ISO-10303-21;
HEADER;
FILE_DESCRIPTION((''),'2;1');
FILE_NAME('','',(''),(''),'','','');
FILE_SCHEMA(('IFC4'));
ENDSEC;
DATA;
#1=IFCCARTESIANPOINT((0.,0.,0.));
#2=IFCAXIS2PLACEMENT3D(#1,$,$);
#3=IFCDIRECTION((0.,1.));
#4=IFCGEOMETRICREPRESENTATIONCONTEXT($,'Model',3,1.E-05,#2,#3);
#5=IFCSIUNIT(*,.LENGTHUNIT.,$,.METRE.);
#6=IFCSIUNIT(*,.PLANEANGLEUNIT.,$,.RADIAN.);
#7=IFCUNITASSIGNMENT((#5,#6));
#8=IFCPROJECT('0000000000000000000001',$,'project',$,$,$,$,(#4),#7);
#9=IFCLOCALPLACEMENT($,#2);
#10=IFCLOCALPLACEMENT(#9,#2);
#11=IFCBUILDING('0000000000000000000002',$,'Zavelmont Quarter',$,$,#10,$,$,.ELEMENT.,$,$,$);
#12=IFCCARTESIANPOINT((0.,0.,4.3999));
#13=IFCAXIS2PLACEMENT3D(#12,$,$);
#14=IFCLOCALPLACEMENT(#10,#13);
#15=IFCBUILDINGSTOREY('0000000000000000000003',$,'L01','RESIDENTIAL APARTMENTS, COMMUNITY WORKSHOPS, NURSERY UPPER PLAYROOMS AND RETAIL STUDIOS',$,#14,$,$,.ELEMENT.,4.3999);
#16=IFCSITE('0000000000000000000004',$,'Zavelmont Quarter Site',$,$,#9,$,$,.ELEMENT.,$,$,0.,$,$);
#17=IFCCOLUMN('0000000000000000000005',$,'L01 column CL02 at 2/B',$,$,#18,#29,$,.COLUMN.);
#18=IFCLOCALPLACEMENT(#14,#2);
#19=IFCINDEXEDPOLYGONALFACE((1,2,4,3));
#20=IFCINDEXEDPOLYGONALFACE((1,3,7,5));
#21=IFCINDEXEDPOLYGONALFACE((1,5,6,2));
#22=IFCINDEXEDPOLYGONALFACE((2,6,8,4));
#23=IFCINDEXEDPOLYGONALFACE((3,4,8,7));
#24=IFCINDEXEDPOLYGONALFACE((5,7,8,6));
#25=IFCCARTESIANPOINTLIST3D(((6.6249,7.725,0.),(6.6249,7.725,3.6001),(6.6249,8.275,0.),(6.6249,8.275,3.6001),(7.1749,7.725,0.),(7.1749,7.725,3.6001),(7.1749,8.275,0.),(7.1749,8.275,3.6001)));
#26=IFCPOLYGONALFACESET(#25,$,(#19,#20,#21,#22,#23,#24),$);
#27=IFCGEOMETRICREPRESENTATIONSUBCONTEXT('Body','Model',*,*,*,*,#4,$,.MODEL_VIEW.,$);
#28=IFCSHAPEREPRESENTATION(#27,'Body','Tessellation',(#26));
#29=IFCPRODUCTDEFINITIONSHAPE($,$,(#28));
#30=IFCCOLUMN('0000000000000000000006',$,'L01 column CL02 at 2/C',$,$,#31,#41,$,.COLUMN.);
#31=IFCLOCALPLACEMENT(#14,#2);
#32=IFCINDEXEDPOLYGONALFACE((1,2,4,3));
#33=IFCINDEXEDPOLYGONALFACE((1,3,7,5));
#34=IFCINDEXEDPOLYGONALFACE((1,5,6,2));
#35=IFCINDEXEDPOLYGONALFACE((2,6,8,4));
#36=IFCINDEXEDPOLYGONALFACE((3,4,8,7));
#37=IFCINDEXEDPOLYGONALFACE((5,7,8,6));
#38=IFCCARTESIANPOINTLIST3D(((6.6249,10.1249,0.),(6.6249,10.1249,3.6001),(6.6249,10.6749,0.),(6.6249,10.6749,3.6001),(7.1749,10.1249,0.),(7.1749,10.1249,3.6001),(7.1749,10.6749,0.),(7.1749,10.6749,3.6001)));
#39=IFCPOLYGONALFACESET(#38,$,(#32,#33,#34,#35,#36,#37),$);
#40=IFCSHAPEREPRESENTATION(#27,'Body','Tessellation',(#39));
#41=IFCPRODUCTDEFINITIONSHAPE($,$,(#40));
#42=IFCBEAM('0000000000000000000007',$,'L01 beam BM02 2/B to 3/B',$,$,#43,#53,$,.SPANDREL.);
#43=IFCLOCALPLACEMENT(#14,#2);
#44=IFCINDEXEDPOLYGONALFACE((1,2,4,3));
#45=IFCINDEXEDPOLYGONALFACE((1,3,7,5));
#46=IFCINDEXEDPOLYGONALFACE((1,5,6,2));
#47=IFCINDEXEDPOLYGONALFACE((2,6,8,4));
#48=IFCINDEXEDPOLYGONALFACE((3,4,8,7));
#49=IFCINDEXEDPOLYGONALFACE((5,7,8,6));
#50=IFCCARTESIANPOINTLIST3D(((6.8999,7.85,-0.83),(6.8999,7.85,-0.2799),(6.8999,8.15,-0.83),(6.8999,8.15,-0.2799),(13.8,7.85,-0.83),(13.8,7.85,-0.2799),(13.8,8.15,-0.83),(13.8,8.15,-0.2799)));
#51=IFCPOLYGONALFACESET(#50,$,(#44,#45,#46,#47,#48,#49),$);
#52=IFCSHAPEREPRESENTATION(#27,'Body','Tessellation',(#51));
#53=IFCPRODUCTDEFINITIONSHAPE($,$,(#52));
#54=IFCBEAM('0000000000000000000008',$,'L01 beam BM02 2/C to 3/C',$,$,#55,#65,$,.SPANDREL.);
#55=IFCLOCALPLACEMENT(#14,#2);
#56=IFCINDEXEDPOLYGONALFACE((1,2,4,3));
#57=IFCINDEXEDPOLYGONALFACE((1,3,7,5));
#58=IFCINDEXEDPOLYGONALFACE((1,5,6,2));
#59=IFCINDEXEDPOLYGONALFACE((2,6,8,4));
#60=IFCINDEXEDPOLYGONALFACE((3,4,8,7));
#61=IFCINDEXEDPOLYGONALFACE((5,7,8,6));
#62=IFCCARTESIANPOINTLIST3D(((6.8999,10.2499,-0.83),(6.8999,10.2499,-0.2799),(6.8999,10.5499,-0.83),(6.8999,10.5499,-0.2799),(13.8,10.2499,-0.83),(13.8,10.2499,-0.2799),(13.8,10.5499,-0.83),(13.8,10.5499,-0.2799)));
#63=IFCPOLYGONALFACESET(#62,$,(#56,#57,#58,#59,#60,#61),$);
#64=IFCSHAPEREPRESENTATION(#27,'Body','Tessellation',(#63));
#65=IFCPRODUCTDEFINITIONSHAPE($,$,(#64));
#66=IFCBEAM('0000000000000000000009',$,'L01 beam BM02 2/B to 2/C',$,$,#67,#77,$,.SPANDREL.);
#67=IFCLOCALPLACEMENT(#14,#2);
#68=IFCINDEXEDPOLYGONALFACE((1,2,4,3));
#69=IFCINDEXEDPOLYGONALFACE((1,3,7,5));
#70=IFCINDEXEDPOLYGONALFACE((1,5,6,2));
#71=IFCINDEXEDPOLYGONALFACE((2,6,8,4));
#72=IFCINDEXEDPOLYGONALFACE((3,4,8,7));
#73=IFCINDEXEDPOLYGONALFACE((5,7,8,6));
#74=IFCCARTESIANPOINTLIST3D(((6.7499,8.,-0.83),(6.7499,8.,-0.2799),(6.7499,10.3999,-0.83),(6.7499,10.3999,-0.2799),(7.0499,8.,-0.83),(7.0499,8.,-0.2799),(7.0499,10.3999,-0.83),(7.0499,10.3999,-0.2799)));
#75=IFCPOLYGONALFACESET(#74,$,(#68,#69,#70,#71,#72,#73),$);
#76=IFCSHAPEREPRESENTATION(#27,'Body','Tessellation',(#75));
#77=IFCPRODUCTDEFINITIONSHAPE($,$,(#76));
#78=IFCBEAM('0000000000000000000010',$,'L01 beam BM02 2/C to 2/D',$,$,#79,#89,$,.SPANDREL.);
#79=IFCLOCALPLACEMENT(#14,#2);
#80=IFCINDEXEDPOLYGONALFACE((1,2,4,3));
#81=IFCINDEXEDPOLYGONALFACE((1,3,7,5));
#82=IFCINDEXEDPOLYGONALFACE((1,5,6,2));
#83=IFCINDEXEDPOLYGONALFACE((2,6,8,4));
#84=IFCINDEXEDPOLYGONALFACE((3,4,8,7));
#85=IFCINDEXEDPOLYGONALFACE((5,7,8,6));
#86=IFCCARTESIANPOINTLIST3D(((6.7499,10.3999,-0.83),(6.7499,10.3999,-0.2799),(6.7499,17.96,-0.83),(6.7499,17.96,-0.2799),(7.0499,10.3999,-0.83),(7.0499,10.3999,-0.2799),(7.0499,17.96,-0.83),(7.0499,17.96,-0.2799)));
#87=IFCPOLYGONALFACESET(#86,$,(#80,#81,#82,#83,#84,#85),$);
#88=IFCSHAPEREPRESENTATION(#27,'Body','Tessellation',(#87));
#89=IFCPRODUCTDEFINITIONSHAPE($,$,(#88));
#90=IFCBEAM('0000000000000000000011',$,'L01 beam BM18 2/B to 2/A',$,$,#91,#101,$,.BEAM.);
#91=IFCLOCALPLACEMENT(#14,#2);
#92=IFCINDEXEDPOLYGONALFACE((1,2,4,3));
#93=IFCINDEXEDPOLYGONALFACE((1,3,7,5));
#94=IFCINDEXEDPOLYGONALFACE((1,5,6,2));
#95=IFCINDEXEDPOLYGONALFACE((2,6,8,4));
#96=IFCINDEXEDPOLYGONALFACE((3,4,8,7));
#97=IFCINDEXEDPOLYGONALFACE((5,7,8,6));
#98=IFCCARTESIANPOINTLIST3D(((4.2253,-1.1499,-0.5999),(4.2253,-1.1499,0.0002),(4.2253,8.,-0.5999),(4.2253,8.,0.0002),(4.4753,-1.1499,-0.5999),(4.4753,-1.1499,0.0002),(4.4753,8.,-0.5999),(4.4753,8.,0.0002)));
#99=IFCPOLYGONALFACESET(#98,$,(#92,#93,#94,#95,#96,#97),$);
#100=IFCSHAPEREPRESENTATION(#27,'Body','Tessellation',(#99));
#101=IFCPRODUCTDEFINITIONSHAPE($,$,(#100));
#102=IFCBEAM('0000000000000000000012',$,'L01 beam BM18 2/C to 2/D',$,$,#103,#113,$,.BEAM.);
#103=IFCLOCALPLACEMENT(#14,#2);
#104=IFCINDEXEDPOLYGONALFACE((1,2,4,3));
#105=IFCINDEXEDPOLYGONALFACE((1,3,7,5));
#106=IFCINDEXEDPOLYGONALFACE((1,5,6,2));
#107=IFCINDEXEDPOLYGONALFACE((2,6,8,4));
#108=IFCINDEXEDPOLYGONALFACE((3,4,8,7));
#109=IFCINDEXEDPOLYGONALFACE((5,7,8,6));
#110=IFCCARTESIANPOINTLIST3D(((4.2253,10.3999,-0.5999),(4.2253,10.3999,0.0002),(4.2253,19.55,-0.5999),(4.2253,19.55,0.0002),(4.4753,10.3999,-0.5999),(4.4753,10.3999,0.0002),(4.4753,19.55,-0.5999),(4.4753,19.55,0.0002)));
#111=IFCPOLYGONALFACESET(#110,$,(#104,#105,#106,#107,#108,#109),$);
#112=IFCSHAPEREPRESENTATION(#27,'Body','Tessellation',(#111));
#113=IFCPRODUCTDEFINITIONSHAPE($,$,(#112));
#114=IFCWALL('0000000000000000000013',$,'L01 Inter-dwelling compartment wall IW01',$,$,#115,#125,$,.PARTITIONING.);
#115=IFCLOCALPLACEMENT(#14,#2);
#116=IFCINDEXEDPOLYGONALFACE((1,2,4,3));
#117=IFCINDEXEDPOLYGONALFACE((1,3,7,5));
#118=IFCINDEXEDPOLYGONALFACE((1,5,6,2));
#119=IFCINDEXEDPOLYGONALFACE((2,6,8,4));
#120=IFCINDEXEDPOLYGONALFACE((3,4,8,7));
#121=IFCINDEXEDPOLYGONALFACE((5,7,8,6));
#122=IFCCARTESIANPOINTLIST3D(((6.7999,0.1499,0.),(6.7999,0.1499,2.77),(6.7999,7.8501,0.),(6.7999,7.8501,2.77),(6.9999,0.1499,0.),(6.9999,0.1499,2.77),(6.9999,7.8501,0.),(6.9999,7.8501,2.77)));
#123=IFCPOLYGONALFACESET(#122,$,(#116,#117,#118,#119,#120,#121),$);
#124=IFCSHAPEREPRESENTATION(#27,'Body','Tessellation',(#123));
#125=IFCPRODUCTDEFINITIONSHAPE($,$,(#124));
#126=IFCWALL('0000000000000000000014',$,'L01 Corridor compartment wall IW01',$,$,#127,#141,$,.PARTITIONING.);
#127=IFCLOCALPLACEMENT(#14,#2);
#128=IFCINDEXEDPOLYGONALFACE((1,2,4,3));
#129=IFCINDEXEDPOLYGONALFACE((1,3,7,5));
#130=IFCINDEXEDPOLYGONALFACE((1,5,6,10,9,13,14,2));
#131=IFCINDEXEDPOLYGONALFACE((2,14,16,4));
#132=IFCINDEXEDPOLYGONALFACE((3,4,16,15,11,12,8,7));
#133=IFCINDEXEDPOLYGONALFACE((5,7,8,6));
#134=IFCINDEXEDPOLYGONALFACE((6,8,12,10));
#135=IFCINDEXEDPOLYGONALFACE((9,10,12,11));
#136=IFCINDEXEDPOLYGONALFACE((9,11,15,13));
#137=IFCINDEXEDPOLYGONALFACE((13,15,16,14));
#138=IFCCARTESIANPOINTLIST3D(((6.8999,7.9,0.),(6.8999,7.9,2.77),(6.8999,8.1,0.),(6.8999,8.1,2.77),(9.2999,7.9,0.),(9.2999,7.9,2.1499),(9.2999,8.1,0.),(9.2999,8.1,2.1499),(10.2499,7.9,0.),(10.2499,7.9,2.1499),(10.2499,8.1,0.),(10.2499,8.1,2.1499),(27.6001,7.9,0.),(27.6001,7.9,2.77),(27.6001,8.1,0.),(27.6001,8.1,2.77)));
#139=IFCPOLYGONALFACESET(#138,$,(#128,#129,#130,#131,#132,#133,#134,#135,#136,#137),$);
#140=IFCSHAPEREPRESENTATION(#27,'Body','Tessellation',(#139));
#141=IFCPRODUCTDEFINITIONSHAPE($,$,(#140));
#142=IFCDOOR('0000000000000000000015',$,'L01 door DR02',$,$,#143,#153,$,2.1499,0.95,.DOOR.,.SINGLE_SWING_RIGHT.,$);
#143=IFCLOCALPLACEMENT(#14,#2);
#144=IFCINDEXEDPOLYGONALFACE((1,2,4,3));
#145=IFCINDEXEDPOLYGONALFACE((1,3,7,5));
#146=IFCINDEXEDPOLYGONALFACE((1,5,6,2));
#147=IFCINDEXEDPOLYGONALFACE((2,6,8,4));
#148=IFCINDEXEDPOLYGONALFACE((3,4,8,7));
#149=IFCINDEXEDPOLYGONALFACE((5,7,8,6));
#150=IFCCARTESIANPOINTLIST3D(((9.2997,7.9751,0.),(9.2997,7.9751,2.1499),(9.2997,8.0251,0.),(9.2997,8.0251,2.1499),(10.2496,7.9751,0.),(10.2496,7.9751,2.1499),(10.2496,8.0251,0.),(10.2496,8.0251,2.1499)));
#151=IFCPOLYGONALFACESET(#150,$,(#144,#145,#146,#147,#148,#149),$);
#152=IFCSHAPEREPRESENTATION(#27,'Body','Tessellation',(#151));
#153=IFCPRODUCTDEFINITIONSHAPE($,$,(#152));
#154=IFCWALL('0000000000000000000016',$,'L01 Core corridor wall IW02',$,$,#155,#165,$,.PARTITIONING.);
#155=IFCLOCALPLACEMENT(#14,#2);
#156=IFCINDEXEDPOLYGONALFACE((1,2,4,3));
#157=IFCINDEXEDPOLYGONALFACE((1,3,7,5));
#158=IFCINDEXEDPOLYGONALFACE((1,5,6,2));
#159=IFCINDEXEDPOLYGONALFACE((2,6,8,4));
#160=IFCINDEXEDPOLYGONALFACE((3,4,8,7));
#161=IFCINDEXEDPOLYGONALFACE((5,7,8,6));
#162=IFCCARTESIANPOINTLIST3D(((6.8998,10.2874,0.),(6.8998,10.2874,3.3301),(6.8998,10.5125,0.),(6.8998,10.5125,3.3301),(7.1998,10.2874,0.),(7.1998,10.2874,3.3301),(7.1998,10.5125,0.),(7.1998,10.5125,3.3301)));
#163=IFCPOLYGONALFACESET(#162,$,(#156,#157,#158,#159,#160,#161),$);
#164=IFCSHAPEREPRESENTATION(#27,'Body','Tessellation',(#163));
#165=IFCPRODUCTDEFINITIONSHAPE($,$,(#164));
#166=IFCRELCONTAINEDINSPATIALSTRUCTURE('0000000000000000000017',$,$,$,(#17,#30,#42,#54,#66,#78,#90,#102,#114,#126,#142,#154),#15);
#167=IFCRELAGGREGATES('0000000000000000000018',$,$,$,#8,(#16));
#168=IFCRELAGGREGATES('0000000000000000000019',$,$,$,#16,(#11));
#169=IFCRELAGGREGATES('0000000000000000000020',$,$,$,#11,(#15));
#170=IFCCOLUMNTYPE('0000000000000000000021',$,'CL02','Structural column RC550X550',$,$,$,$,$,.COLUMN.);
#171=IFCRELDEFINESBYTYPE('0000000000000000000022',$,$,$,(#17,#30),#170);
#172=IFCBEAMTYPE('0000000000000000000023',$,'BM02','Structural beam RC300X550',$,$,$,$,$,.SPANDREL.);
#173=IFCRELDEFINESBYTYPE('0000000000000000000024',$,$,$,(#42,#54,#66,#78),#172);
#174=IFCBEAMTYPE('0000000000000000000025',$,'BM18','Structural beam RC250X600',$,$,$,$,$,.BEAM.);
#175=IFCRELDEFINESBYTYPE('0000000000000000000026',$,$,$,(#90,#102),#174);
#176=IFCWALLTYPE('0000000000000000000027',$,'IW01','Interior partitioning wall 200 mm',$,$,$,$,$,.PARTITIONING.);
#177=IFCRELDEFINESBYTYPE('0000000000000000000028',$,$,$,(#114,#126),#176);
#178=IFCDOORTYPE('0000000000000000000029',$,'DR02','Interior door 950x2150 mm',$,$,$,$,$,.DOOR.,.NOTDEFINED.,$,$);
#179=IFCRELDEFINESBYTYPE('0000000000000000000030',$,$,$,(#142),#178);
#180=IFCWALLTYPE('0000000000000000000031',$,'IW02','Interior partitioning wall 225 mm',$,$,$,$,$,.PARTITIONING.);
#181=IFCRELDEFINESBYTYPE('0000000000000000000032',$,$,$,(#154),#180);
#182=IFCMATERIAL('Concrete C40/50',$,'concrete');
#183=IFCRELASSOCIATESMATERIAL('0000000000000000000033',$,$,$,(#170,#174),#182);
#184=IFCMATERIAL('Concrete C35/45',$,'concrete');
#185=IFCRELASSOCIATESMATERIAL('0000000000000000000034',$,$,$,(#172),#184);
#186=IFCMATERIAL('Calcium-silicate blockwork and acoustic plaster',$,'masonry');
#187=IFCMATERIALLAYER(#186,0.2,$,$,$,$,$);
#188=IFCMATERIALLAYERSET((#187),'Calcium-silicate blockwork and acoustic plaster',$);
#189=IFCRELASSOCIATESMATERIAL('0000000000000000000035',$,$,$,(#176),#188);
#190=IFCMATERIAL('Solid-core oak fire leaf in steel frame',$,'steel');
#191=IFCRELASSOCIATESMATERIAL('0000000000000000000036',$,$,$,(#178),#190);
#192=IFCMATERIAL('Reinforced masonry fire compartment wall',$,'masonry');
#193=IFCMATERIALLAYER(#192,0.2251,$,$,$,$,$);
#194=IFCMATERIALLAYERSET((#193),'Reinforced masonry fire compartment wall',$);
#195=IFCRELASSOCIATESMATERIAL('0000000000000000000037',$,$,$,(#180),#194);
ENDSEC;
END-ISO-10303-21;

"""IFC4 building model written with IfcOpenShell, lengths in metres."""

from ifc_helpers import new_model, si_unit, direction, frame, frame_2d, origin, origin_2d, place, context, subcontext, project, spatial, rectangle, extrude, material, layer, layer_set, material_profile, profile_set, type_object, element, fill, save


model = new_model("IFC4")

# Units and contexts
model_context = context("Model", 3, precision=1e-05, world=origin(), true_north=direction((0.0, 1.0)))
body_context = subcontext(model_context, "Body", "Model", "MODEL_VIEW")
ifc_project = project(units=[si_unit("LENGTHUNIT", "METRE"), si_unit("PLANEANGLEUNIT", "RADIAN")], contexts=[model_context])

# Site, building, storey
site_placement = place(None, origin())
site = spatial("IfcSite", under=ifc_project, at=site_placement, Name="Zavelmont Quarter Site", CompositionType="ELEMENT", RefElevation=0.0)
building_placement = place(site_placement, origin())
building = spatial("IfcBuilding", under=site, at=building_placement, Name="Zavelmont Quarter", CompositionType="ELEMENT")
storey_placement = place(building_placement, frame((0.0, 0.0, 4.3999)))
storey = spatial("IfcBuildingStorey", under=building, at=storey_placement, Name="L01", Description="RESIDENTIAL APARTMENTS, COMMUNITY WORKSHOPS, NURSERY UPPER PLAYROOMS AND RETAIL STUDIOS", CompositionType="ELEMENT", Elevation=4.3999)

# Columns
ifc_material_1 = material(Name="Concrete C40/50", Category="concrete")
ifc_material_profile_1 = material_profile(ifc_material_1, rectangle(XDim=0.55, YDim=0.55, at=origin_2d()), Name="RC550X550")
ifc_profile_set_1 = profile_set([ifc_material_profile_1], Name="Concrete C40/50")
column_type = type_object("IfcColumnType", Name="CL02", Description="Structural column RC550X550", PredefinedType="COLUMN", material=ifc_profile_set_1)
for number, where, z_axis, x_axis, name in (
    (1, (6.8999, 8.0, 0.0), (0.0, 0.0, 1.0), (1.0, 0.0, 0.0), "L01 column CL02 at 2/B"),
    (2, (6.8999, 10.3999, 0.0), (0.0, 0.0, 1.0), (1.0, 0.0, 0.0), "L01 column CL02 at 2/C"),
):
    element("IfcColumn", number, at=place(storey_placement, frame(where, z_axis=z_axis, x_axis=x_axis)), inside=storey, type_object=column_type, Name=name, PredefinedType="COLUMN", context=body_context, shape_type="SweptSolid", body=[
        extrude(rectangle(XDim=0.55, YDim=0.55, at=origin_2d()), origin(), (0.0, 0.0, 1.0), 3.6001),
    ])

# Beams
ifc_material_2 = material(Name="Concrete C35/45", Category="concrete")
ifc_material_profile_2 = material_profile(ifc_material_2, rectangle(XDim=0.3, YDim=0.55, at=origin_2d()), Name="RC300X550")
ifc_profile_set_2 = profile_set([ifc_material_profile_2], Name="Concrete C35/45")
beam_type_1 = type_object("IfcBeamType", Name="BM02", Description="Structural beam RC300X550", PredefinedType="SPANDREL", material=ifc_profile_set_2)
for number, where, z_axis, x_axis, name in (
    (3, (6.8999, 8.0, -0.5549), (1.0, 0.0, 0.0), (0.0, 1.0, 0.0), "L01 beam BM02 2/B to 3/B"),
    (4, (6.8999, 10.3999, -0.5549), (1.0, 0.0, 0.0), (0.0, 1.0, 0.0), "L01 beam BM02 2/C to 3/C"),
):
    element("IfcBeam", number, at=place(storey_placement, frame(where, z_axis=z_axis, x_axis=x_axis)), inside=storey, type_object=beam_type_1, Name=name, PredefinedType="SPANDREL", context=body_context, shape_type="SweptSolid", body=[
        extrude(rectangle(XDim=0.3, YDim=0.55, at=origin_2d()), origin(), (0.0, 0.0, 1.0), 6.9001),
    ])
beam_1_placement = place(storey_placement, frame((6.8999, 8.0, -0.5549), z_axis=(0.0, 1.0, 0.0), x_axis=(-1.0, 0.0, 0.0)))
element("IfcBeam", 5, at=beam_1_placement, inside=storey, type_object=beam_type_1, Name="L01 beam BM02 2/B to 2/C", PredefinedType="SPANDREL", context=body_context, shape_type="SweptSolid", body=[
    extrude(rectangle(XDim=0.3, YDim=0.55, at=origin_2d()), origin(), (0.0, 0.0, 1.0), 2.3999),
])
beam_2_placement = place(storey_placement, frame((6.8999, 10.3999, -0.5549), z_axis=(0.0, 1.0, 0.0), x_axis=(-1.0, 0.0, 0.0)))
element("IfcBeam", 6, at=beam_2_placement, inside=storey, type_object=beam_type_1, Name="L01 beam BM02 2/C to 2/D", PredefinedType="SPANDREL", context=body_context, shape_type="SweptSolid", body=[
    extrude(rectangle(XDim=0.3, YDim=0.55, at=origin_2d()), origin(), (0.0, 0.0, 1.0), 7.5601),
])
ifc_material_profile_3 = material_profile(ifc_material_1, rectangle(XDim=0.25, YDim=0.6001, at=origin_2d()), Name="RC250X600")
ifc_profile_set_3 = profile_set([ifc_material_profile_3], Name="Concrete C40/50")
beam_type_2 = type_object("IfcBeamType", Name="BM18", Description="Structural beam RC250X600", PredefinedType="BEAM", material=ifc_profile_set_3)
beam_3_placement = place(storey_placement, frame((4.3503, 8.0, -0.2998), z_axis=(0.0, -1.0, 0.0), x_axis=(1.0, 0.0, 0.0)))
element("IfcBeam", 7, at=beam_3_placement, inside=storey, type_object=beam_type_2, Name="L01 beam BM18 2/B to 2/A", PredefinedType="BEAM", context=body_context, shape_type="SweptSolid", body=[
    extrude(rectangle(XDim=0.25, YDim=0.6001, at=origin_2d()), origin(), (0.0, 0.0, 1.0), 9.1499),
])
beam_4_placement = place(storey_placement, frame((4.3503, 10.3999, -0.2998), z_axis=(0.0, 1.0, 0.0), x_axis=(-1.0, 0.0, 0.0)))
element("IfcBeam", 8, at=beam_4_placement, inside=storey, type_object=beam_type_2, Name="L01 beam BM18 2/C to 2/D", PredefinedType="BEAM", context=body_context, shape_type="SweptSolid", body=[
    extrude(rectangle(XDim=0.25, YDim=0.6001, at=origin_2d()), origin(), (0.0, 0.0, 1.0), 9.1501),
])

# Wall
ifc_material_3 = material(Name="Calcium-silicate blockwork and acoustic plaster", Category="masonry")
ifc_layer_1 = layer(ifc_material_3, 0.2)
ifc_layer_set_1 = layer_set([ifc_layer_1], Name="Calcium-silicate blockwork and acoustic plaster")
wall_type_1 = type_object("IfcWallType", Name="IW01", Description="Interior partitioning wall 200 mm", PredefinedType="PARTITIONING", material=ifc_layer_set_1)
wall_1_placement = place(storey_placement, frame((6.8999, 7.8501, 0.0), z_axis=(0.0, 0.0, 1.0), x_axis=(0.0, -1.0, 0.0)))
element("IfcWall", 9, at=wall_1_placement, inside=storey, type_object=wall_type_1, Name="L01 Inter-dwelling compartment wall IW01", PredefinedType="PARTITIONING", context=body_context, shape_type="SweptSolid", body=[
    extrude(rectangle(XDim=7.7002, YDim=0.2, at=frame_2d((3.8501, 0.0))), origin(), (0.0, 0.0, 1.0), 2.77),
])

# Wall, opening, door
wall_2_placement = place(storey_placement, frame((6.8999, 8.0, 0.0), z_axis=(0.0, 0.0, 1.0), x_axis=(1.0, 0.0, 0.0)))
wall_2 = element("IfcWall", 10, at=wall_2_placement, inside=storey, type_object=wall_type_1, Name="L01 Corridor compartment wall IW01", PredefinedType="PARTITIONING", context=body_context, shape_type="SweptSolid", body=[
    extrude(rectangle(XDim=20.7002, YDim=0.2, at=frame_2d((10.3501, 0.0))), origin(), (0.0, 0.0, 1.0), 2.77),
])
opening_1_placement = place(wall_2_placement, frame((2.3999, 0.0, 0.0)))
opening_1 = element("IfcOpeningElement", 11, at=opening_1_placement, cuts=wall_2, PredefinedType="OPENING", context=body_context, shape_type="SweptSolid", body=[
    extrude(rectangle(XDim=0.95, YDim=2.1499, at=frame_2d((0.4751, 1.075))), frame((0.0, 0.1118, 0.0), z_axis=(0.0, -1.0, 0.0), x_axis=(1.0, 0.0, 0.0)), (0.0, 0.0, 1.0), 0.2239),
])
ifc_material_4 = material(Name="Solid-core oak fire leaf in steel frame", Category="steel")
door_type_1 = type_object("IfcDoorType", Name="DR02", Description="Interior door 950x2150 mm", OperationType="NOTDEFINED", PredefinedType="DOOR", material=ifc_material_4)
door_1_placement = place(opening_1_placement, frame((0.95, 0.0, 0.0), z_axis=(0.0, 0.0, 1.0), x_axis=(-1.0, 0.0, 0.0)))
door_1 = element("IfcDoor", 12, at=door_1_placement, inside=storey, type_object=door_type_1, Name="L01 door DR02", OperationType="SINGLE_SWING_RIGHT", OverallHeight=2.1499, OverallWidth=0.95, PredefinedType="DOOR", context=body_context, shape_type="SweptSolid", body=[
    extrude(rectangle(XDim=0.95, YDim=2.1499, at=frame_2d((0.4751, 1.075))), frame((0.0, 0.0249, 0.0), z_axis=(0.0, -1.0, 0.0), x_axis=(1.0, 0.0, 0.0)), (0.0, 0.0, 1.0), 0.05),
])
fill(opening_1, door_1)

# Wall
ifc_material_5 = material(Name="Reinforced masonry fire compartment wall", Category="masonry")
ifc_layer_2 = layer(ifc_material_5, 0.2251)
ifc_layer_set_2 = layer_set([ifc_layer_2], Name="Reinforced masonry fire compartment wall")
wall_type_2 = type_object("IfcWallType", Name="IW02", Description="Interior partitioning wall 225 mm", PredefinedType="PARTITIONING", material=ifc_layer_set_2)
wall_3_placement = place(storey_placement, frame((6.8999, 10.3999, 0.0), z_axis=(0.0, 0.0, 1.0), x_axis=(1.0, 0.0, 0.0)))
element("IfcWall", 13, at=wall_3_placement, inside=storey, type_object=wall_type_2, Name="L01 Core corridor wall IW02", PredefinedType="PARTITIONING", context=body_context, shape_type="SweptSolid", body=[
    extrude(rectangle(XDim=0.3, YDim=0.2251, at=frame_2d((0.1499, 0.0))), origin(), (0.0, 0.0, 1.0), 3.3301),
])

save(model, "model.ifc")
